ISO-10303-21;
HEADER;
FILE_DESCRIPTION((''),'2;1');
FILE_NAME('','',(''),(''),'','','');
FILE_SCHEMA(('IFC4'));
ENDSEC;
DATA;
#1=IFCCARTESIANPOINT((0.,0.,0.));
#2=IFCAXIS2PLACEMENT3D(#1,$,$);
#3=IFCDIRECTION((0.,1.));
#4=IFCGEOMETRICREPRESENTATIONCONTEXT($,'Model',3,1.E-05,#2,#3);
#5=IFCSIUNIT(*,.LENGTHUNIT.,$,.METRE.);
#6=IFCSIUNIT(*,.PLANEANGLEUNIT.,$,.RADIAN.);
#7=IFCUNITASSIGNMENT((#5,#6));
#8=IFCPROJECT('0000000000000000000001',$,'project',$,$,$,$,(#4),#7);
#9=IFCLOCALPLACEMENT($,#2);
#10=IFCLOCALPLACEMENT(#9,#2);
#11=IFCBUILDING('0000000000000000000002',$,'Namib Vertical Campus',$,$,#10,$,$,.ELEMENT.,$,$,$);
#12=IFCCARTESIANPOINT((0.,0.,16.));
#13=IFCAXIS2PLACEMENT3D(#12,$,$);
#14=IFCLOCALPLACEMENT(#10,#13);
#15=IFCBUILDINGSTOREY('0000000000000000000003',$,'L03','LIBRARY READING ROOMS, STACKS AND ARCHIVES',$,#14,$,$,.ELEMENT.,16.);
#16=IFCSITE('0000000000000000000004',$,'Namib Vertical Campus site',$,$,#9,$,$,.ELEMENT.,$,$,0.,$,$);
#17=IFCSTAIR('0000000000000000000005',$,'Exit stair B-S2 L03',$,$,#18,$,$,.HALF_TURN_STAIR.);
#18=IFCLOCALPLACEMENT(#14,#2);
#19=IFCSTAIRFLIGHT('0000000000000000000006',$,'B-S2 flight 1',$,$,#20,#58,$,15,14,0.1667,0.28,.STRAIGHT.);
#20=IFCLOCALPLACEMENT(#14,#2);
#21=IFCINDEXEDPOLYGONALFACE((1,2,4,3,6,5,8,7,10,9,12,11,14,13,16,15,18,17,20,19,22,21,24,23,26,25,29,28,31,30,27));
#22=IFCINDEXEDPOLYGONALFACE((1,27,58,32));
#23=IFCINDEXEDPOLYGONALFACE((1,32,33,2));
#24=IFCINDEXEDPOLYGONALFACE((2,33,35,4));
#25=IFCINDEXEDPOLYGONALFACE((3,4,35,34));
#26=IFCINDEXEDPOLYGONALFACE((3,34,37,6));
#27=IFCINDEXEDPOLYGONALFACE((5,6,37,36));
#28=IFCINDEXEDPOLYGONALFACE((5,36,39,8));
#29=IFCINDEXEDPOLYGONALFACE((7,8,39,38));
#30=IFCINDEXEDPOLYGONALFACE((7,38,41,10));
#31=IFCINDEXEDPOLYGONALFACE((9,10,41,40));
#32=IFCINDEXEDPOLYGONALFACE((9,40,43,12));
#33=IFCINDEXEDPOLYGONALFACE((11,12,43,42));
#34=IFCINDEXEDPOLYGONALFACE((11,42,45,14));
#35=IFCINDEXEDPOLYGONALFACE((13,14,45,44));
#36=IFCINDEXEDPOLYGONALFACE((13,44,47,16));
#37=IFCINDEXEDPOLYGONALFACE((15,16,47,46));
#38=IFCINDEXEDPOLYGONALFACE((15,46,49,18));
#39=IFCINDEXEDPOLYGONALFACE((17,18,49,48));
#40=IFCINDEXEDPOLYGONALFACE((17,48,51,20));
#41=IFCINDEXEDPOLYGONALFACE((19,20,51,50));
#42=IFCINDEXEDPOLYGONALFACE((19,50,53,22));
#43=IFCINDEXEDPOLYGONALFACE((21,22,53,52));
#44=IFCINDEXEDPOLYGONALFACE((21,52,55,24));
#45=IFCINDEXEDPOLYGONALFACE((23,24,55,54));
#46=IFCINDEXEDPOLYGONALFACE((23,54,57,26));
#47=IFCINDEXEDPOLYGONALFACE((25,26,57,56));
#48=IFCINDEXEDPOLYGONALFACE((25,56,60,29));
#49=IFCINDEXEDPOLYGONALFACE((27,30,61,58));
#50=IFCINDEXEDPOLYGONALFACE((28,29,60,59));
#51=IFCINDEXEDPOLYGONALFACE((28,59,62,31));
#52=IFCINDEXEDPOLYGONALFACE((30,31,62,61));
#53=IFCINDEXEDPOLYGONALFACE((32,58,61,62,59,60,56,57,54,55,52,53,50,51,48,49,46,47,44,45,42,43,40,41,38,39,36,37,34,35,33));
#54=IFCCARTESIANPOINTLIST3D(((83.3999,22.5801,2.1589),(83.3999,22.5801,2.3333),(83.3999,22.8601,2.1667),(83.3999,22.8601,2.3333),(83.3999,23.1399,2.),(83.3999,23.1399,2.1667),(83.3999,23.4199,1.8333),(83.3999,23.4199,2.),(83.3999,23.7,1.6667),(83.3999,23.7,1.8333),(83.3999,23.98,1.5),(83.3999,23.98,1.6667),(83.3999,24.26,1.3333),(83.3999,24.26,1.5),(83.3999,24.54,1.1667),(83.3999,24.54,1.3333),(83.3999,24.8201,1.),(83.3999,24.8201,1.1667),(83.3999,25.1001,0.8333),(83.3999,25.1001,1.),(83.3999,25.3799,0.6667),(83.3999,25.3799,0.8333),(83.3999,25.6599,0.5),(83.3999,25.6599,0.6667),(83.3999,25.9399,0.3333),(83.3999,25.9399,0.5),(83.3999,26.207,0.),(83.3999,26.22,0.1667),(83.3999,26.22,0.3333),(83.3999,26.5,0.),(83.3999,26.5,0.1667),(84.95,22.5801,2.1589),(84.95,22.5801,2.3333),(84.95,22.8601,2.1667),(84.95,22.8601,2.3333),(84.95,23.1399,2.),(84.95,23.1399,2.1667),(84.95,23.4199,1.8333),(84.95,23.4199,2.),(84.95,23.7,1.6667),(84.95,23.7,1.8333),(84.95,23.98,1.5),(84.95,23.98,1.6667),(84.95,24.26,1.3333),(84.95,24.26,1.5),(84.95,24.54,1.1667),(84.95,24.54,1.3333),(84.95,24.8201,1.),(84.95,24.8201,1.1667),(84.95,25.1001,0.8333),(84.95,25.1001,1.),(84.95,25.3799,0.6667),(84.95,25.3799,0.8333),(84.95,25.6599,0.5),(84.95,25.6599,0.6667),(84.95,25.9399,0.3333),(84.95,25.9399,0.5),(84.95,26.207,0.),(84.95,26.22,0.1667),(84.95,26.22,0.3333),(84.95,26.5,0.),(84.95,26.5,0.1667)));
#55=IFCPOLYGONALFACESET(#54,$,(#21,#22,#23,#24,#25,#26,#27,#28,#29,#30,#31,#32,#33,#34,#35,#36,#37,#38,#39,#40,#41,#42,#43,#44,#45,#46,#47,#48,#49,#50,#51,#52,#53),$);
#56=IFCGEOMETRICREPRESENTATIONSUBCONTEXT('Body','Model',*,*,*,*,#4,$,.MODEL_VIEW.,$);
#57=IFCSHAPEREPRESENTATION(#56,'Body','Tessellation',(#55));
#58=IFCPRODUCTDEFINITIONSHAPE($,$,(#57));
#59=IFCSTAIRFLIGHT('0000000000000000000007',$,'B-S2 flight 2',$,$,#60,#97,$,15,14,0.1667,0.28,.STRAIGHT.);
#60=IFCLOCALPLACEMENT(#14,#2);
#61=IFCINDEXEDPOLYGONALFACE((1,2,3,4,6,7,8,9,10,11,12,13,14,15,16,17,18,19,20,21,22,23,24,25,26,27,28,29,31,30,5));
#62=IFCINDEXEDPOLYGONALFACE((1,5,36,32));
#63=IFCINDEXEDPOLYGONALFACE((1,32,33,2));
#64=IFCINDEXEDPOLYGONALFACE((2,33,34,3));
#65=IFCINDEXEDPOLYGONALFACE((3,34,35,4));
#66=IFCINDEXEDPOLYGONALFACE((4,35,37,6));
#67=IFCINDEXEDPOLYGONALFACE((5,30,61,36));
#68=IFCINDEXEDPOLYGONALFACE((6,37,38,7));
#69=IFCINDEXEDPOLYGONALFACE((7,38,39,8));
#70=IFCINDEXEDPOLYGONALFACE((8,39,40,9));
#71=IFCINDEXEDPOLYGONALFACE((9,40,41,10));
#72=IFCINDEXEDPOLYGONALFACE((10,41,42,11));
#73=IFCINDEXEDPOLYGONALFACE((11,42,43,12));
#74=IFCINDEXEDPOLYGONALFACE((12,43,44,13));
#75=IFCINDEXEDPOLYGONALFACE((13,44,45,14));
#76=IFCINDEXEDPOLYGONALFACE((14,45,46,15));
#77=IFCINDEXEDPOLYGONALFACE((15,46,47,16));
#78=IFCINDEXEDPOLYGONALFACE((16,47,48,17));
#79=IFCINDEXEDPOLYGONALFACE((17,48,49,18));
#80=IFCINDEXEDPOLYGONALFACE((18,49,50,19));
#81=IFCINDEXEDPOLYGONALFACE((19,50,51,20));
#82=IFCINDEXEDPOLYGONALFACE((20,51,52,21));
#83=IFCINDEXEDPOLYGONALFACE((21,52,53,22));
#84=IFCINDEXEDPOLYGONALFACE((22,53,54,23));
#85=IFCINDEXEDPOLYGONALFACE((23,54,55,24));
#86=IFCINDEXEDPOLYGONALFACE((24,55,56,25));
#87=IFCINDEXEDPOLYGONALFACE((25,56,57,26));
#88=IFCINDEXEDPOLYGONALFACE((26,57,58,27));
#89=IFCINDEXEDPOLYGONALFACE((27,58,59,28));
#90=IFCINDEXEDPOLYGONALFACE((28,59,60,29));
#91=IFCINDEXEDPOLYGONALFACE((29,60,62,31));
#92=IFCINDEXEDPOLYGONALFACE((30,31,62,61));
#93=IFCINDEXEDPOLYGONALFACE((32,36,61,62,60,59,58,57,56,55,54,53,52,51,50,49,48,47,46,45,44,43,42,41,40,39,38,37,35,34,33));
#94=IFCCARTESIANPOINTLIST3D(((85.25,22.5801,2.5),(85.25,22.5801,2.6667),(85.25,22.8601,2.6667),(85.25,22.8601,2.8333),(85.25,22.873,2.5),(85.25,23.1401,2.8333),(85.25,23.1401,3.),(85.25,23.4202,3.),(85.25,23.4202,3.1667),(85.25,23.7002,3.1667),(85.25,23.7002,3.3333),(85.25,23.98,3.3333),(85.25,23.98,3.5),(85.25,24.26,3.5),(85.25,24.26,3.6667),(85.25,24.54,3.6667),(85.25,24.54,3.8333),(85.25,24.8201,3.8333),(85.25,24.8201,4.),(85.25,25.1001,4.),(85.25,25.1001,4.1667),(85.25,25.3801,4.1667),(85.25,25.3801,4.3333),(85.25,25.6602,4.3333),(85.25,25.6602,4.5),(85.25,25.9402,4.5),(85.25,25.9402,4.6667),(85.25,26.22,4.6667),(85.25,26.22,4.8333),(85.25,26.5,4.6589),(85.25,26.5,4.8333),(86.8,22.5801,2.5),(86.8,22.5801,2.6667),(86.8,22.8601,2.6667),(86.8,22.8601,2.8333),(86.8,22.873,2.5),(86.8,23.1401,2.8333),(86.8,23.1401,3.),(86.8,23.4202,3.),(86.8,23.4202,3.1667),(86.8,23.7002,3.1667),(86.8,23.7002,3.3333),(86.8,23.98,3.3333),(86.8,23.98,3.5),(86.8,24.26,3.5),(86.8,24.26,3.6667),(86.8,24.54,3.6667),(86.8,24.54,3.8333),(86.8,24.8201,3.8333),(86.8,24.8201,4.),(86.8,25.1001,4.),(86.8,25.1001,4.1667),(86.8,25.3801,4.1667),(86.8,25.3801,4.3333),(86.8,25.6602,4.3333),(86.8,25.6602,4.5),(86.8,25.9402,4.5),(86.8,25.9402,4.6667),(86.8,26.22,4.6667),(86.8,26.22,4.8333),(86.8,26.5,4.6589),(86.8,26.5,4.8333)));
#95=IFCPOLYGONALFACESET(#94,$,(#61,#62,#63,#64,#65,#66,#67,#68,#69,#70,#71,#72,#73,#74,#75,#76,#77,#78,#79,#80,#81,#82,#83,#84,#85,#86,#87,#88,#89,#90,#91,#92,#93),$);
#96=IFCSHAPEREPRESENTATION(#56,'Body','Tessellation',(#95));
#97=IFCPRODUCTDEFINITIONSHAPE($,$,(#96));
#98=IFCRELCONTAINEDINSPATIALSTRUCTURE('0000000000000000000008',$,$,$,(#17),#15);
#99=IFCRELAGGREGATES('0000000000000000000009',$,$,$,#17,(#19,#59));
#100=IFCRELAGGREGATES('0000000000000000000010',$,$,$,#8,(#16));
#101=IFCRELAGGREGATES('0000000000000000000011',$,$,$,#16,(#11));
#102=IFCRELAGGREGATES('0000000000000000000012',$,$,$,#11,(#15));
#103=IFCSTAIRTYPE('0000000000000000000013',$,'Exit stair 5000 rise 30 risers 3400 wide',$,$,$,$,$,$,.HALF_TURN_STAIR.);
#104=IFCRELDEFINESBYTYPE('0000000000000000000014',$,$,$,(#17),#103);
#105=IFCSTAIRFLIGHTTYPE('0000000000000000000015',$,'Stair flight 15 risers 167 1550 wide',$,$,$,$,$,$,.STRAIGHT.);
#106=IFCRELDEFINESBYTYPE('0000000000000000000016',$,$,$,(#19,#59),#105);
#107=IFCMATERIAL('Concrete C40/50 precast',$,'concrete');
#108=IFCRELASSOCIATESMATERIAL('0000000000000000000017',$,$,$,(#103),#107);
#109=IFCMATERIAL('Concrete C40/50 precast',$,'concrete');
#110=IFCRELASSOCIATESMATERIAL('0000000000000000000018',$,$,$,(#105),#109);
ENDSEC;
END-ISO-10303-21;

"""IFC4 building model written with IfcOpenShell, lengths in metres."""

from ifc_helpers import new_model, si_unit, direction, frame, origin, place, context, subcontext, project, spatial, polyline, outline, extrude, material, type_object, element, aggregate, save


model = new_model("IFC4")

# Units and contexts
model_context = context("Model", 3, precision=1e-05, world=origin(), true_north=direction((0.0, 1.0)))
body_context = subcontext(model_context, "Body", "Model", "MODEL_VIEW")
ifc_project = project(units=[si_unit("LENGTHUNIT", "METRE"), si_unit("PLANEANGLEUNIT", "RADIAN")], contexts=[model_context])

# Site, building, storey
site_placement = place(None, origin())
site = spatial("IfcSite", under=ifc_project, at=site_placement, Name="Namib Vertical Campus site", CompositionType="ELEMENT", RefElevation=0.0)
building_placement = place(site_placement, origin())
building = spatial("IfcBuilding", under=site, at=building_placement, Name="Namib Vertical Campus", CompositionType="ELEMENT")
storey_placement = place(building_placement, frame((0.0, 0.0, 16.0)))
storey = spatial("IfcBuildingStorey", under=building, at=storey_placement, Name="L03", Description="LIBRARY READING ROOMS, STACKS AND ARCHIVES", CompositionType="ELEMENT", Elevation=16.0)

# Stair, stair flights
ifc_material_1 = material(Name="Concrete C40/50 precast", Category="concrete")
stair_type = type_object("IfcStairType", Name="Exit stair 5000 rise 30 risers 3400 wide", PredefinedType="HALF_TURN_STAIR", material=ifc_material_1)
stair_placement = place(storey_placement, origin())
stair = element("IfcStair", 1, at=stair_placement, inside=storey, type_object=stair_type, Name="Exit stair B-S2 L03", PredefinedType="HALF_TURN_STAIR")
ifc_material_2 = material(Name="Concrete C40/50 precast", Category="concrete")
stair_flight_type = type_object("IfcStairFlightType", Name="Stair flight 15 risers 167 1550 wide", PredefinedType="STRAIGHT", material=ifc_material_2)
stair_flight_1_placement = place(storey_placement, frame((84.175, 26.5, 0.0), z_axis=(0.0, 0.0, 1.0), x_axis=(0.0, -1.0, 0.0)))
stair_flight_1 = element("IfcStairFlight", 2, at=stair_flight_1_placement, type_object=stair_flight_type, Name="B-S2 flight 1", NumberOfRisers=15, NumberOfTreads=14, PredefinedType="STRAIGHT", RiserHeight=0.1667, TreadLength=0.28, context=body_context, shape_type="SweptSolid", body=[
    extrude(outline(polyline([(0.0, 0.0), (0.0, 0.1667), (0.28, 0.1667), (0.28, 0.3333), (0.5601, 0.3333), (0.5601, 0.5), (0.8401, 0.5), (0.8401, 0.6667), (1.1201, 0.6667), (1.1201, 0.8333), (1.3999, 0.8333), (1.3999, 1.0), (1.6799, 1.0), (1.6799, 1.1667), (1.96, 1.1667), (1.96, 1.3333), (2.24, 1.3333), (2.24, 1.5), (2.52, 1.5), (2.52, 1.6667), (2.8, 1.6667), (2.8, 1.8333), (3.0801, 1.8333), (3.0801, 2.0), (3.3601, 2.0), (3.3601, 2.1667), (3.6399, 2.1667), (3.6399, 2.3333), (3.9199, 2.3333), (3.9199, 2.5), (3.9199, 2.1589), (0.293, 0.0), (0.0, 0.0)])), frame((0.0, 0.7749, 0.0), z_axis=(0.0, -1.0, 0.0), x_axis=(1.0, 0.0, 0.0)), (0.0, 0.0, 1.0), 1.55),
])
stair_flight_2_placement = place(storey_placement, frame((86.0249, 22.5801, 2.5), z_axis=(0.0, 0.0, 1.0), x_axis=(0.0, 1.0, 0.0)))
stair_flight_2 = element("IfcStairFlight", 3, at=stair_flight_2_placement, type_object=stair_flight_type, Name="B-S2 flight 2", NumberOfRisers=15, NumberOfTreads=14, PredefinedType="STRAIGHT", RiserHeight=0.1667, TreadLength=0.28, context=body_context, shape_type="SweptSolid", body=[
    extrude(outline(polyline([(0.0, 0.0), (0.0, 0.1667), (0.28, 0.1667), (0.28, 0.3333), (0.5601, 0.3333), (0.5601, 0.5), (0.8401, 0.5), (0.8401, 0.6667), (1.1201, 0.6667), (1.1201, 0.8333), (1.3999, 0.8333), (1.3999, 1.0), (1.6799, 1.0), (1.6799, 1.1667), (1.96, 1.1667), (1.96, 1.3333), (2.24, 1.3333), (2.24, 1.5), (2.52, 1.5), (2.52, 1.6667), (2.8, 1.6667), (2.8, 1.8333), (3.0801, 1.8333), (3.0801, 2.0), (3.3601, 2.0), (3.3601, 2.1667), (3.6399, 2.1667), (3.6399, 2.3333), (3.9199, 2.3333), (3.9199, 2.5), (3.9199, 2.1589), (0.293, 0.0), (0.0, 0.0)])), frame((0.0, 0.7749, 0.0), z_axis=(0.0, -1.0, 0.0), x_axis=(1.0, 0.0, 0.0)), (0.0, 0.0, 1.0), 1.55),
])
aggregate(stair, [stair_flight_1, stair_flight_2])

save(model, "model.ifc")
